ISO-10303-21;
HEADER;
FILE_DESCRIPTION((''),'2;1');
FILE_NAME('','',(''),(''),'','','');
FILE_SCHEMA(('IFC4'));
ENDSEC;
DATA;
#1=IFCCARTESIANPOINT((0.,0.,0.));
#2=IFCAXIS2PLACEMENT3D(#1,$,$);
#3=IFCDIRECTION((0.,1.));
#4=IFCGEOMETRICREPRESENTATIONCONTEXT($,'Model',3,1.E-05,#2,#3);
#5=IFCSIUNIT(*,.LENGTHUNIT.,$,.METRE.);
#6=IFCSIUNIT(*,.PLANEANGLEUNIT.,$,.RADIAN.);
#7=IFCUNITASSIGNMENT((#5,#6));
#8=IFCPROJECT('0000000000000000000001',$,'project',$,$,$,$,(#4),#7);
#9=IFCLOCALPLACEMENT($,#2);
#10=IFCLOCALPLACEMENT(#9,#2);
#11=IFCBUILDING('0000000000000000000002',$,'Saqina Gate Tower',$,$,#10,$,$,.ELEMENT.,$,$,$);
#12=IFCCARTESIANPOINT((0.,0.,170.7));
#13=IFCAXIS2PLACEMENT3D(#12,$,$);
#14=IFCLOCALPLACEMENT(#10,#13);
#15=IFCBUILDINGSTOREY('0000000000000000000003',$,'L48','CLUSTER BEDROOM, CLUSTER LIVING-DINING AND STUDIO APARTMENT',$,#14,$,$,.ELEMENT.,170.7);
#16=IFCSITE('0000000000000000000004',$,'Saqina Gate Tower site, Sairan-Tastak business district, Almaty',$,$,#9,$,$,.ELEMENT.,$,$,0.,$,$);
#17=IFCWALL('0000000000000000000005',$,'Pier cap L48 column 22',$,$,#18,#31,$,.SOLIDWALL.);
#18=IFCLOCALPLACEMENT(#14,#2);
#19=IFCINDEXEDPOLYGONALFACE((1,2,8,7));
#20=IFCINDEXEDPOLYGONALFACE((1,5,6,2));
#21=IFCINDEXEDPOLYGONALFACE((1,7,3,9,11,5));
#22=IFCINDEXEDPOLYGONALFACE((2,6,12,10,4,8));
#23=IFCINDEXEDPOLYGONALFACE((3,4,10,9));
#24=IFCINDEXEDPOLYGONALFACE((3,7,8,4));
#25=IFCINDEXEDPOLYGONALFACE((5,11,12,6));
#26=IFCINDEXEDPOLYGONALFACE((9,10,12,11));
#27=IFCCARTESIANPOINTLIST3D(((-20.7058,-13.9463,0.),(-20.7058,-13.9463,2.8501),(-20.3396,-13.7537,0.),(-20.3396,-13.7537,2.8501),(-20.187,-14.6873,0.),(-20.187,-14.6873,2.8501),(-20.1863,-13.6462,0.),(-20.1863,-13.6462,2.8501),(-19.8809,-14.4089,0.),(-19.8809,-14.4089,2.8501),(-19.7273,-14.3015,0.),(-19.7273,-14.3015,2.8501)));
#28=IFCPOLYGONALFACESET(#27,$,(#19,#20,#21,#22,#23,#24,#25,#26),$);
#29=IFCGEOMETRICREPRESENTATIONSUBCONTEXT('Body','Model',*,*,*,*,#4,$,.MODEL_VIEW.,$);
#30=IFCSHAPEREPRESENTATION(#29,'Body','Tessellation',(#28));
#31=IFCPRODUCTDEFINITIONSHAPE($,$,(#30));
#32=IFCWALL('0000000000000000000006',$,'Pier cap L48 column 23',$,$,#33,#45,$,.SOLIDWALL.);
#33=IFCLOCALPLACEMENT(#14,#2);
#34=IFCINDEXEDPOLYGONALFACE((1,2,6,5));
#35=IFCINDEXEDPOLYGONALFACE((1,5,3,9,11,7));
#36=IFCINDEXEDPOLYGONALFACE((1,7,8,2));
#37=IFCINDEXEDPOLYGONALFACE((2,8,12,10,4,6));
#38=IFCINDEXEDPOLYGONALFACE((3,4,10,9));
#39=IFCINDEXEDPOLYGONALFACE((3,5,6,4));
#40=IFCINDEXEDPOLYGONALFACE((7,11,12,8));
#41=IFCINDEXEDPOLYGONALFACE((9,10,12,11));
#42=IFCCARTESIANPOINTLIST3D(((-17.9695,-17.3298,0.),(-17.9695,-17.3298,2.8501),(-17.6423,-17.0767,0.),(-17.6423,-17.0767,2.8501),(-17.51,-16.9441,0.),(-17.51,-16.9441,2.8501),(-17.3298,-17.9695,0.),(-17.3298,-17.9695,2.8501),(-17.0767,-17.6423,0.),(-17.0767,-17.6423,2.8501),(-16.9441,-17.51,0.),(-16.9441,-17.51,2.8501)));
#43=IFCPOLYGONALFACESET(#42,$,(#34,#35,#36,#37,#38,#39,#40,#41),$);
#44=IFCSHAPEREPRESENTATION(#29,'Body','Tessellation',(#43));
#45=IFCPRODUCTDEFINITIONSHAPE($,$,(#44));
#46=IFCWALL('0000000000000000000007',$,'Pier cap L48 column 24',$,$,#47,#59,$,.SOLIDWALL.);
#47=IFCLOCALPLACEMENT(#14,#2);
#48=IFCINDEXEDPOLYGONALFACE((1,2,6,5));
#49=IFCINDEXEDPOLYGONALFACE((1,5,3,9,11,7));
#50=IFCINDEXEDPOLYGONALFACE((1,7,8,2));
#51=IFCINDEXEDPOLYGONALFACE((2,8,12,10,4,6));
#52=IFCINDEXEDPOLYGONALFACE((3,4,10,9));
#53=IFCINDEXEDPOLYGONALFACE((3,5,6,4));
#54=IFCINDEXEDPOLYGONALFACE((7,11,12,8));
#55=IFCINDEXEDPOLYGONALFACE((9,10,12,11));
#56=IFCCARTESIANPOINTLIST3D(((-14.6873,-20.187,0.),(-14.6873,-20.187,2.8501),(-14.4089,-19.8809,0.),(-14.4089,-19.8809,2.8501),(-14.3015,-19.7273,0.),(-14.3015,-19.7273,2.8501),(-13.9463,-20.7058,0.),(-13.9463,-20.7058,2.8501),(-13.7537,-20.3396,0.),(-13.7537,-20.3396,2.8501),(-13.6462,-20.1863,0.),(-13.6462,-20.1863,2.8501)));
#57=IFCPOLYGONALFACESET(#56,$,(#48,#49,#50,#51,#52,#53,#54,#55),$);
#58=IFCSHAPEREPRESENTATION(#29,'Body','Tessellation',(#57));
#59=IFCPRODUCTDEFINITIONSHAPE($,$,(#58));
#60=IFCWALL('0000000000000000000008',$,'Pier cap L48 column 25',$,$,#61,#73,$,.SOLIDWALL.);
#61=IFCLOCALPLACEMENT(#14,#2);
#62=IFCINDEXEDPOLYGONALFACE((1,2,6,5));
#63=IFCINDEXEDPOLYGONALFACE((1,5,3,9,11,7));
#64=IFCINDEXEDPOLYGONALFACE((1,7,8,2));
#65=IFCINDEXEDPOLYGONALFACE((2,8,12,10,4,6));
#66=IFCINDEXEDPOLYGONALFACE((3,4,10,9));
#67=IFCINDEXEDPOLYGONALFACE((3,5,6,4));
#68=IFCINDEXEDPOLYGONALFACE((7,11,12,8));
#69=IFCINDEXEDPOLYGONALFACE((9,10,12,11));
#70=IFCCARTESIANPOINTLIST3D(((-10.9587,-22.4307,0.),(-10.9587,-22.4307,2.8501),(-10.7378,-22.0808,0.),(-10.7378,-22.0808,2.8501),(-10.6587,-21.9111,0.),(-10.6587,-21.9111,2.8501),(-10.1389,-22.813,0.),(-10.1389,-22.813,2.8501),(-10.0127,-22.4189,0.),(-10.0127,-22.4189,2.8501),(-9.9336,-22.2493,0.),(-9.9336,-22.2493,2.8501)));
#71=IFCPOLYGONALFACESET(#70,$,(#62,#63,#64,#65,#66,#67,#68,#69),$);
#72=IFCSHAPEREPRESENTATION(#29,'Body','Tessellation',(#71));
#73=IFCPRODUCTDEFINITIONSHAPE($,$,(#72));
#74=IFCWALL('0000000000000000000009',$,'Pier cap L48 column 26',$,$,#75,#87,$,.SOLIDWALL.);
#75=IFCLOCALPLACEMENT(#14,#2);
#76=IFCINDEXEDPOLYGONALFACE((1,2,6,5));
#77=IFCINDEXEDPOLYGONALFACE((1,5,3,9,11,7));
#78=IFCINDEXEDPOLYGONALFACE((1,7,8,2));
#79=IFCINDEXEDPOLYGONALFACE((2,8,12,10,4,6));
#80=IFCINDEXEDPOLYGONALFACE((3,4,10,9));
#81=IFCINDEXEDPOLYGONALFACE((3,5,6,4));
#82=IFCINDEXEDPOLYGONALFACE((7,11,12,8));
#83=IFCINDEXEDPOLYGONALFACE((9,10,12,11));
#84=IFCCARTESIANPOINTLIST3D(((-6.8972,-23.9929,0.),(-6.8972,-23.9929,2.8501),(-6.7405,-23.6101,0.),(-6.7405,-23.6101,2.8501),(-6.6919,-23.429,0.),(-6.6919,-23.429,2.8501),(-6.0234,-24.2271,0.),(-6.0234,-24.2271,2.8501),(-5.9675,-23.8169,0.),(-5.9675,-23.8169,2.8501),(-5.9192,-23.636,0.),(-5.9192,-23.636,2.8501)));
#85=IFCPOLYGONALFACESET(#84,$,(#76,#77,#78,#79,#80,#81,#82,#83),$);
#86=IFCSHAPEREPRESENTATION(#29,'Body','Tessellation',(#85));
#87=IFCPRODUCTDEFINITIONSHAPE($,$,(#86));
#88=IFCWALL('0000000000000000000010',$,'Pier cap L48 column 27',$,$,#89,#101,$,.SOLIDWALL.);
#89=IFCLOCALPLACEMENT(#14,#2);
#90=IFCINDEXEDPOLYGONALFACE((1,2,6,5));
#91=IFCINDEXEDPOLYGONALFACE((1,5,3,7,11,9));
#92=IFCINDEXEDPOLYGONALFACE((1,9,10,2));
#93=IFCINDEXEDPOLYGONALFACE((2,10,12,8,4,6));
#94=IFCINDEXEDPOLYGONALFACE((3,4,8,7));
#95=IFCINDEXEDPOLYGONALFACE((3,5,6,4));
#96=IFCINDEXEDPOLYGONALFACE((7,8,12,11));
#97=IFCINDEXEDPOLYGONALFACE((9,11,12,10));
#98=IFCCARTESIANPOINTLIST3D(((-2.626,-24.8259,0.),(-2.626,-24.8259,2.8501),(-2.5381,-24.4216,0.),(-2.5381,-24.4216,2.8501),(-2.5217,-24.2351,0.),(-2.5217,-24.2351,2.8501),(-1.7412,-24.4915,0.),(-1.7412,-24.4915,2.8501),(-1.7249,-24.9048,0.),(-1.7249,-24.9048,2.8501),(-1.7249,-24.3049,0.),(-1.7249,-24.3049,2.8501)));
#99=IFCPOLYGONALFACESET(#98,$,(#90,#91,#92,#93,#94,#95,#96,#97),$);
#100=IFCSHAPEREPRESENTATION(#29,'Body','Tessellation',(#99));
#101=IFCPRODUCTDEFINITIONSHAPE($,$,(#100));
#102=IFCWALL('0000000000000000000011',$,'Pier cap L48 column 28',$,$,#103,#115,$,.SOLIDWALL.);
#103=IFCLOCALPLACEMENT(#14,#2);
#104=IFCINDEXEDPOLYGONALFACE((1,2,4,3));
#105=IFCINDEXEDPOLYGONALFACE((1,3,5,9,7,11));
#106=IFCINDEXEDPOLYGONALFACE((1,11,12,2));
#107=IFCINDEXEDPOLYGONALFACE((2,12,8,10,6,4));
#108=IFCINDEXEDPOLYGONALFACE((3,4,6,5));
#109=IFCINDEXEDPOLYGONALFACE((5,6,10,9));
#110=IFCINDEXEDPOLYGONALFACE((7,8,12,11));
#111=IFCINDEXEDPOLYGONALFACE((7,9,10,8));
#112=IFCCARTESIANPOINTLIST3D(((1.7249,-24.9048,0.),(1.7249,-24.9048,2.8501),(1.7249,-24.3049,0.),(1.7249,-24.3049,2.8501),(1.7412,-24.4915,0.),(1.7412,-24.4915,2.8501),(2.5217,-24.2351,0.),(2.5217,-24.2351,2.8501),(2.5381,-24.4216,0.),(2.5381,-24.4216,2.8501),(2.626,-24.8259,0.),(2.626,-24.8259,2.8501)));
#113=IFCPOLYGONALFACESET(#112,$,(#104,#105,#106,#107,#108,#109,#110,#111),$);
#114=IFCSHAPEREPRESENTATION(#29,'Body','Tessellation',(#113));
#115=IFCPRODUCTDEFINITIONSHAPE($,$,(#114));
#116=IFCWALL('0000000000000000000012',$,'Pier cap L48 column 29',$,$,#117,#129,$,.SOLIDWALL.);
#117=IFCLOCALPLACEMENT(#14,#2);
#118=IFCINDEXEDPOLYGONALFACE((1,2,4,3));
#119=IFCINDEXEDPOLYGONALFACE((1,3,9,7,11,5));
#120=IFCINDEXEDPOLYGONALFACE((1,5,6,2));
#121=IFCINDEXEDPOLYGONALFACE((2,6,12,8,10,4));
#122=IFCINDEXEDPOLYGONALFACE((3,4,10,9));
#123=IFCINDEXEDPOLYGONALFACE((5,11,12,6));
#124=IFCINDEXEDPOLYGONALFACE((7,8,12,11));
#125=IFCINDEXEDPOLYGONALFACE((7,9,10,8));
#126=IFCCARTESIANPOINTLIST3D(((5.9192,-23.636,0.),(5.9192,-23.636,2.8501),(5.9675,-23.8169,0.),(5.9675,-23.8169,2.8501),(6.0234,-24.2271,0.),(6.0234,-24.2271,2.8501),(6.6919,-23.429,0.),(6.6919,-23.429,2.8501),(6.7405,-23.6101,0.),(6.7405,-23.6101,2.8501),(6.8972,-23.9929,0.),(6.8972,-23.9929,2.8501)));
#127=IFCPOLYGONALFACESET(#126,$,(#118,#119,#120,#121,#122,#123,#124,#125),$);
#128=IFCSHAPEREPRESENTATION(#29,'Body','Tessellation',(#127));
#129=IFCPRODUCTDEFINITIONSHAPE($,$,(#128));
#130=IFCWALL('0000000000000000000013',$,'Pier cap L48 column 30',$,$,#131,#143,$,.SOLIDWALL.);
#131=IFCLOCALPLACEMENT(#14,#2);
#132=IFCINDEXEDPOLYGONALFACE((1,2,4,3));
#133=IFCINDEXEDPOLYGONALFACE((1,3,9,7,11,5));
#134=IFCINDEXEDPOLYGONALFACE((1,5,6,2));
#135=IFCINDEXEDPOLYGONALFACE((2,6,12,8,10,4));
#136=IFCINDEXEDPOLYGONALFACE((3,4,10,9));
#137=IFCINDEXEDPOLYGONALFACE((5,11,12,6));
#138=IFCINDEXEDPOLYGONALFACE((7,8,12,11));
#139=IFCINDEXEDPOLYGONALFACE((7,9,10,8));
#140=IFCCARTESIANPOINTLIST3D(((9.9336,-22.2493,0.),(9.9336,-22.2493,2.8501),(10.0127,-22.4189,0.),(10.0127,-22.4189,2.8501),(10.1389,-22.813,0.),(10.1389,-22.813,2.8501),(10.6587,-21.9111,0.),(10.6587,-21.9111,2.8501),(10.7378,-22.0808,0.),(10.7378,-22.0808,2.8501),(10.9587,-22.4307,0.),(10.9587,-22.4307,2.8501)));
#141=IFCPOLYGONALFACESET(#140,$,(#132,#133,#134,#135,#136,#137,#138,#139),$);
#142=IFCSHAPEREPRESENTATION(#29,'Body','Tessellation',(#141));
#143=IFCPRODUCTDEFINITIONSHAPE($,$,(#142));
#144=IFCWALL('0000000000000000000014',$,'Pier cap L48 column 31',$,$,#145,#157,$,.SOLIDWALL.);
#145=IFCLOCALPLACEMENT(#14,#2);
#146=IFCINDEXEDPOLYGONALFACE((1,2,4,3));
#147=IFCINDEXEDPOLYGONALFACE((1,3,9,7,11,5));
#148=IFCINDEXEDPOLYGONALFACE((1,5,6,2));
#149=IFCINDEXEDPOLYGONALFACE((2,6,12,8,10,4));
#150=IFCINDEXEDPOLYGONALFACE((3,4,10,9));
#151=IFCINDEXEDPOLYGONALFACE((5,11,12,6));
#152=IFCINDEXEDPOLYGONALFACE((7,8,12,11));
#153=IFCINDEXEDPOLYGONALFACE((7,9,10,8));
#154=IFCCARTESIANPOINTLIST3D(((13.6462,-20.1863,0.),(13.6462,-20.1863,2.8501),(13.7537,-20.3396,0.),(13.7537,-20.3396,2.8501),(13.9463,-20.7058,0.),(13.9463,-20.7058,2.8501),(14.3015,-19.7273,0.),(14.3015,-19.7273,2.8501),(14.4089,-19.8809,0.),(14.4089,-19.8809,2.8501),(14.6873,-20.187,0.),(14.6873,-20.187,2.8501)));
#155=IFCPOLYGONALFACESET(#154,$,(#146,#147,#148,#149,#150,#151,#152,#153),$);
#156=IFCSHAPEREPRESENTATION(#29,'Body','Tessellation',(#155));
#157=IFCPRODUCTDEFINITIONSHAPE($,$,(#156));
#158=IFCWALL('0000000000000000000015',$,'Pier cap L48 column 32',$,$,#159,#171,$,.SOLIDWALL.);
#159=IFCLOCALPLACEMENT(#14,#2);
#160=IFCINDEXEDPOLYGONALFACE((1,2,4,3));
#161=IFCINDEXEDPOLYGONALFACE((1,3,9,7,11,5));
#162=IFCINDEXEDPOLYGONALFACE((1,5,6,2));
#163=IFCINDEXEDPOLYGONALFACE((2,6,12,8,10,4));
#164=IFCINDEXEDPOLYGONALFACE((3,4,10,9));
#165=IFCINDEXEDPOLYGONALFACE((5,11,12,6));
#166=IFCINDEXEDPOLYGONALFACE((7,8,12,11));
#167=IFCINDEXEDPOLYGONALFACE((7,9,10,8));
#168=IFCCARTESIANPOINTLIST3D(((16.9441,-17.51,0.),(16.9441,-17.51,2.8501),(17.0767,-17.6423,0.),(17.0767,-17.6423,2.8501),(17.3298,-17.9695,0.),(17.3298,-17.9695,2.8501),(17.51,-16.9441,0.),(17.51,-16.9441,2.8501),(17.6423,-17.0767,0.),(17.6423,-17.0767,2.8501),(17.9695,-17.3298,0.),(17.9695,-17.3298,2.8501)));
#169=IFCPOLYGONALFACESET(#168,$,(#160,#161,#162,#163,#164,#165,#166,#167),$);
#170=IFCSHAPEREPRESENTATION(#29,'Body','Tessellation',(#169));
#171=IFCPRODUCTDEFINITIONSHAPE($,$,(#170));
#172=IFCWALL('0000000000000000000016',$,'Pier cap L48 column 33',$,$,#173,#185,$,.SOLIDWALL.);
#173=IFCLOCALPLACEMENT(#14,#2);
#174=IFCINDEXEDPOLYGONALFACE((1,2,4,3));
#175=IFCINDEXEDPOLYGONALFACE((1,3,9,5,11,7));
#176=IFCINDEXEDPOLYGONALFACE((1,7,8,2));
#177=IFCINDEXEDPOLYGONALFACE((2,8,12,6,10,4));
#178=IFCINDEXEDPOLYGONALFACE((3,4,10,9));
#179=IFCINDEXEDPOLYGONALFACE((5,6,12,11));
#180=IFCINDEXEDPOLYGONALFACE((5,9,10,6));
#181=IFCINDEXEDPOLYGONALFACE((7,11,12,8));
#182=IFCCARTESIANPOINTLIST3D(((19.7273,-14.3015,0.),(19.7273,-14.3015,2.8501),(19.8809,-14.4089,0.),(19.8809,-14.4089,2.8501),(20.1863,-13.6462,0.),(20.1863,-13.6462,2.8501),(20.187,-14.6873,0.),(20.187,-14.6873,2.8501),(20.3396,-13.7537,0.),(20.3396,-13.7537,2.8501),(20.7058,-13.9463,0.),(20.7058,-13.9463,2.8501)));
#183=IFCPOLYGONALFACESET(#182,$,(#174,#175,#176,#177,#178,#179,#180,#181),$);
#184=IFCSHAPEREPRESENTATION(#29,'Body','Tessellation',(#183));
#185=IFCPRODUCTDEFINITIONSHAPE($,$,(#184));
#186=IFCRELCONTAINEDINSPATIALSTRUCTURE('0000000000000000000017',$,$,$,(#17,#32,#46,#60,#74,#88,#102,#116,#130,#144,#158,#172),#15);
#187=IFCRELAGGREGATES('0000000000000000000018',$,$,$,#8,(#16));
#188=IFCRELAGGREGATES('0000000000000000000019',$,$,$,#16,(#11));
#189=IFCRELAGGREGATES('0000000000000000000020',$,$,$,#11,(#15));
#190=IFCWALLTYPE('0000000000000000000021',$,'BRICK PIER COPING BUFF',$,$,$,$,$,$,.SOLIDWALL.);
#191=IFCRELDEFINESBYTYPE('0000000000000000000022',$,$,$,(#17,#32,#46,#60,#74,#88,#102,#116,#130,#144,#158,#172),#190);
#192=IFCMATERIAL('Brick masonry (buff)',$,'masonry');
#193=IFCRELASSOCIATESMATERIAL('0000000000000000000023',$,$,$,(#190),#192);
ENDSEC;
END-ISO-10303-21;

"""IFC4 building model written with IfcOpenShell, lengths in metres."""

from ifc_helpers import new_model, si_unit, direction, frame, origin, place, context, subcontext, project, spatial, polyline, outline, extrude, material, type_object, element, save


model = new_model("IFC4")

# Units and contexts
model_context = context("Model", 3, precision=1e-05, world=origin(), true_north=direction((0.0, 1.0)))
body_context = subcontext(model_context, "Body", "Model", "MODEL_VIEW")
ifc_project = project(units=[si_unit("LENGTHUNIT", "METRE"), si_unit("PLANEANGLEUNIT", "RADIAN")], contexts=[model_context])

# Site, building, storey
site_placement = place(None, origin())
site = spatial("IfcSite", under=ifc_project, at=site_placement, Name="Saqina Gate Tower site, Sairan-Tastak business district, Almaty", CompositionType="ELEMENT", RefElevation=0.0)
building_placement = place(site_placement, origin())
building = spatial("IfcBuilding", under=site, at=building_placement, Name="Saqina Gate Tower", CompositionType="ELEMENT")
storey_placement = place(building_placement, frame((0.0, 0.0, 170.7)))
storey = spatial("IfcBuildingStorey", under=building, at=storey_placement, Name="L48", Description="CLUSTER BEDROOM, CLUSTER LIVING-DINING AND STUDIO APARTMENT", CompositionType="ELEMENT", Elevation=170.7)

# Walls
ifc_material = material(Name="Brick masonry (buff)", Category="masonry")
wall_type = type_object("IfcWallType", Name="BRICK PIER COPING BUFF", PredefinedType="SOLIDWALL", material=ifc_material)
wall_1_placement = place(storey_placement, origin())
element("IfcWall", 1, at=wall_1_placement, inside=storey, type_object=wall_type, Name="Pier cap L48 column 22", PredefinedType="SOLIDWALL", context=body_context, shape_type="SweptSolid", body=[
    extrude(outline(polyline([(-20.7058, -13.9463), (-20.187, -14.6873), (-19.7273, -14.3015), (-19.8809, -14.4089), (-20.3396, -13.7537), (-20.1863, -13.6462), (-20.7058, -13.9463)])), origin(), (0.0, 0.0, 1.0), 2.8501),
])
wall_2_placement = place(storey_placement, origin())
element("IfcWall", 2, at=wall_2_placement, inside=storey, type_object=wall_type, Name="Pier cap L48 column 23", PredefinedType="SOLIDWALL", context=body_context, shape_type="SweptSolid", body=[
    extrude(outline(polyline([(-17.3298, -17.9695), (-16.9441, -17.51), (-17.0767, -17.6423), (-17.6423, -17.0767), (-17.51, -16.9441), (-17.9695, -17.3298), (-17.3298, -17.9695)])), origin(), (0.0, 0.0, 1.0), 2.8501),
])
wall_3_placement = place(storey_placement, origin())
element("IfcWall", 3, at=wall_3_placement, inside=storey, type_object=wall_type, Name="Pier cap L48 column 24", PredefinedType="SOLIDWALL", context=body_context, shape_type="SweptSolid", body=[
    extrude(outline(polyline([(-14.6873, -20.187), (-13.9463, -20.7058), (-13.6462, -20.1863), (-13.7537, -20.3396), (-14.4089, -19.8809), (-14.3015, -19.7273), (-14.6873, -20.187)])), origin(), (0.0, 0.0, 1.0), 2.8501),
])
wall_4_placement = place(storey_placement, origin())
element("IfcWall", 4, at=wall_4_placement, inside=storey, type_object=wall_type, Name="Pier cap L48 column 25", PredefinedType="SOLIDWALL", context=body_context, shape_type="SweptSolid", body=[
    extrude(outline(polyline([(-10.1389, -22.813), (-9.9336, -22.2493), (-10.0127, -22.4189), (-10.7378, -22.0808), (-10.6587, -21.9111), (-10.9587, -22.4307), (-10.1389, -22.813)])), origin(), (0.0, 0.0, 1.0), 2.8501),
])
wall_5_placement = place(storey_placement, origin())
element("IfcWall", 5, at=wall_5_placement, inside=storey, type_object=wall_type, Name="Pier cap L48 column 26", PredefinedType="SOLIDWALL", context=body_context, shape_type="SweptSolid", body=[
    extrude(outline(polyline([(-6.0234, -24.2271), (-5.9192, -23.636), (-5.9675, -23.8169), (-6.7405, -23.6101), (-6.6919, -23.429), (-6.8972, -23.9929), (-6.0234, -24.2271)])), origin(), (0.0, 0.0, 1.0), 2.8501),
])
wall_6_placement = place(storey_placement, origin())
element("IfcWall", 6, at=wall_6_placement, inside=storey, type_object=wall_type, Name="Pier cap L48 column 27", PredefinedType="SOLIDWALL", context=body_context, shape_type="SweptSolid", body=[
    extrude(outline(polyline([(-2.626, -24.8259), (-1.7249, -24.9048), (-1.7249, -24.3049), (-1.7412, -24.4915), (-2.5381, -24.4216), (-2.5217, -24.2351), (-2.626, -24.8259)])), origin(), (0.0, 0.0, 1.0), 2.8501),
])
wall_7_placement = place(storey_placement, origin())
element("IfcWall", 7, at=wall_7_placement, inside=storey, type_object=wall_type, Name="Pier cap L48 column 28", PredefinedType="SOLIDWALL", context=body_context, shape_type="SweptSolid", body=[
    extrude(outline(polyline([(1.7249, -24.9048), (2.626, -24.8259), (2.5217, -24.2351), (2.5381, -24.4216), (1.7412, -24.4915), (1.7249, -24.3049), (1.7249, -24.9048)])), origin(), (0.0, 0.0, 1.0), 2.8501),
])
wall_8_placement = place(storey_placement, origin())
element("IfcWall", 8, at=wall_8_placement, inside=storey, type_object=wall_type, Name="Pier cap L48 column 29", PredefinedType="SOLIDWALL", context=body_context, shape_type="SweptSolid", body=[
    extrude(outline(polyline([(6.0234, -24.2271), (6.8972, -23.9929), (6.6919, -23.429), (6.7405, -23.6101), (5.9675, -23.8169), (5.9192, -23.636), (6.0234, -24.2271)])), origin(), (0.0, 0.0, 1.0), 2.8501),
])
wall_9_placement = place(storey_placement, origin())
element("IfcWall", 9, at=wall_9_placement, inside=storey, type_object=wall_type, Name="Pier cap L48 column 30", PredefinedType="SOLIDWALL", context=body_context, shape_type="SweptSolid", body=[
    extrude(outline(polyline([(10.9587, -22.4307), (10.6587, -21.9111), (10.7378, -22.0808), (10.0127, -22.4189), (9.9336, -22.2493), (10.1389, -22.813), (10.9587, -22.4307)])), origin(), (0.0, 0.0, 1.0), 2.8501),
])
wall_10_placement = place(storey_placement, origin())
element("IfcWall", 10, at=wall_10_placement, inside=storey, type_object=wall_type, Name="Pier cap L48 column 31", PredefinedType="SOLIDWALL", context=body_context, shape_type="SweptSolid", body=[
    extrude(outline(polyline([(13.9463, -20.7058), (14.6873, -20.187), (14.3015, -19.7273), (14.4089, -19.8809), (13.7537, -20.3396), (13.6462, -20.1863), (13.9463, -20.7058)])), origin(), (0.0, 0.0, 1.0), 2.8501),
])
wall_11_placement = place(storey_placement, origin())
element("IfcWall", 11, at=wall_11_placement, inside=storey, type_object=wall_type, Name="Pier cap L48 column 32", PredefinedType="SOLIDWALL", context=body_context, shape_type="SweptSolid", body=[
    extrude(outline(polyline([(17.9695, -17.3298), (17.51, -16.9441), (17.6423, -17.0767), (17.0767, -17.6423), (16.9441, -17.51), (17.3298, -17.9695), (17.9695, -17.3298)])), origin(), (0.0, 0.0, 1.0), 2.8501),
])
wall_12_placement = place(storey_placement, origin())
element("IfcWall", 12, at=wall_12_placement, inside=storey, type_object=wall_type, Name="Pier cap L48 column 33", PredefinedType="SOLIDWALL", context=body_context, shape_type="SweptSolid", body=[
    extrude(outline(polyline([(20.187, -14.6873), (20.7058, -13.9463), (20.1863, -13.6462), (20.3396, -13.7537), (19.8809, -14.4089), (19.7273, -14.3015), (20.187, -14.6873)])), origin(), (0.0, 0.0, 1.0), 2.8501),
])

save(model, "model.ifc")
